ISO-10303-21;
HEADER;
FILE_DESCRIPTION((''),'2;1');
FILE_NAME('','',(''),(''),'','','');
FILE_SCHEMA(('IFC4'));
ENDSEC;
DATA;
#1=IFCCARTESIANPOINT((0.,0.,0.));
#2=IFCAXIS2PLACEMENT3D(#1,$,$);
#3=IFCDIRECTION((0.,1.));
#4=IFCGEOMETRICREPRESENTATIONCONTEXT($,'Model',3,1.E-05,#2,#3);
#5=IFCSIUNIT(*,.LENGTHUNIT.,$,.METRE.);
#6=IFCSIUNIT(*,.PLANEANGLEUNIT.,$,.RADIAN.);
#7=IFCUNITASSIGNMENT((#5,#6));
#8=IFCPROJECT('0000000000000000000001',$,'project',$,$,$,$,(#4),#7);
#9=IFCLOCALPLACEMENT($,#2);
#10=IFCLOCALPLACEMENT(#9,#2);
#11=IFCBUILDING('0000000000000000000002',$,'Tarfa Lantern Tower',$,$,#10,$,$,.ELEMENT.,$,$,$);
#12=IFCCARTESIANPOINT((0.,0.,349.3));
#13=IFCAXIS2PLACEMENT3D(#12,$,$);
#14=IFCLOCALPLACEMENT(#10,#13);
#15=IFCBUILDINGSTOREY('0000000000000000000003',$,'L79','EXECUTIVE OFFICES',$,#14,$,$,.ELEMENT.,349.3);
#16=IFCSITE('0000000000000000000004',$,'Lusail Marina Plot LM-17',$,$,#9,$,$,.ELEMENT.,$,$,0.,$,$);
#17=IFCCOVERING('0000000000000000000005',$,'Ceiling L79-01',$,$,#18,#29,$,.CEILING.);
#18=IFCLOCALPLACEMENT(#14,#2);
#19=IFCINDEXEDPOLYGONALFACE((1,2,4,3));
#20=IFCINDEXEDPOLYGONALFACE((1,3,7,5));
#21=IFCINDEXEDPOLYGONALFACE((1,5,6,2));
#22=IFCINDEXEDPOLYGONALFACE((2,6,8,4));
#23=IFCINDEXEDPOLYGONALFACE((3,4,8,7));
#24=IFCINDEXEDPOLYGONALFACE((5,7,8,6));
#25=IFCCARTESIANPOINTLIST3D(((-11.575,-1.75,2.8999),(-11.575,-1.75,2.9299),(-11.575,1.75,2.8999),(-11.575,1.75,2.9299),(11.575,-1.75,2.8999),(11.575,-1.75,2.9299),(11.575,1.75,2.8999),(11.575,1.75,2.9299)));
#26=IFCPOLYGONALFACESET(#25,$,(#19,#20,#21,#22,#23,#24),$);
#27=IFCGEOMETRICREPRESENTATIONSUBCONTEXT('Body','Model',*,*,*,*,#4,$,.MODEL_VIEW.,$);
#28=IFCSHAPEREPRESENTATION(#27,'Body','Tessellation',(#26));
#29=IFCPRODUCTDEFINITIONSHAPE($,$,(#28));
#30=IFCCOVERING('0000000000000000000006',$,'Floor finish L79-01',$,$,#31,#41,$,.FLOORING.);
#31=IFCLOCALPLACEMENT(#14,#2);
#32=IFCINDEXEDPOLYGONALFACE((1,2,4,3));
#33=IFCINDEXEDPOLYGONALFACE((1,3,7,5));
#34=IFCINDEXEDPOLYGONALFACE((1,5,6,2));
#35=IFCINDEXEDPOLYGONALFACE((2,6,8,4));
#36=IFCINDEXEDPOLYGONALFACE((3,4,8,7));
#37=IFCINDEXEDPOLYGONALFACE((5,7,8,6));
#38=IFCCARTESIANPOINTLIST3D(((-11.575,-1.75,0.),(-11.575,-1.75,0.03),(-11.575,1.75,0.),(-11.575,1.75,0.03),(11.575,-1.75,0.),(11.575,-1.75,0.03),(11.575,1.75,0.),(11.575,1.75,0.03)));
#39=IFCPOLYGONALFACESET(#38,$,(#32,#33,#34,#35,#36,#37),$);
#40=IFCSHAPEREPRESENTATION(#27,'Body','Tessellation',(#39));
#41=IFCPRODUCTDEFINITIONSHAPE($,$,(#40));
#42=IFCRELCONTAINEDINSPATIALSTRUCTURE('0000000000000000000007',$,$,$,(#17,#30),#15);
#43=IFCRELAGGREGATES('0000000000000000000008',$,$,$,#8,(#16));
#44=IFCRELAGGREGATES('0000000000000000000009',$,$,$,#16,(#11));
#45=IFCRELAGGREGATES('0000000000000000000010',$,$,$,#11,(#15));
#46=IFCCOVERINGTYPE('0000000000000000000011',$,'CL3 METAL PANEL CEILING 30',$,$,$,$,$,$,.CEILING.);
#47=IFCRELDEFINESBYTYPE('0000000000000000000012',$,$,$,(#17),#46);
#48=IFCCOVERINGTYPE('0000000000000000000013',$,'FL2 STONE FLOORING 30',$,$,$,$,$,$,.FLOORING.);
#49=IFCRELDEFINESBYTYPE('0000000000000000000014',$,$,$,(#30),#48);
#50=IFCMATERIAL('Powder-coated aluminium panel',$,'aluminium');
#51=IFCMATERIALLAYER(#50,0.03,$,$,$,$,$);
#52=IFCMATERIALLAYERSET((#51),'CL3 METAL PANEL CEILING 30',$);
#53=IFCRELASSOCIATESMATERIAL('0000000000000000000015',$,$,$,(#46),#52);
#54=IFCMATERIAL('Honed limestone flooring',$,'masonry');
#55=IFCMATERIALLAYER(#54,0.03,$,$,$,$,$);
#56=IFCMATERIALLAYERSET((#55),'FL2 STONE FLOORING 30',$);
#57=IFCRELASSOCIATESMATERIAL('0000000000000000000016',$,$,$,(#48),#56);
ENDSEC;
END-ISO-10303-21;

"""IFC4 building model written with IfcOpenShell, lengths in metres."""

from ifc_helpers import new_model, si_unit, direction, frame, origin, place, context, subcontext, project, spatial, polyline, outline, extrude, material, layer, layer_set, type_object, element, save


model = new_model("IFC4")

# Units and contexts
model_context = context("Model", 3, precision=1e-05, world=origin(), true_north=direction((0.0, 1.0)))
body_context = subcontext(model_context, "Body", "Model", "MODEL_VIEW")
ifc_project = project(units=[si_unit("LENGTHUNIT", "METRE"), si_unit("PLANEANGLEUNIT", "RADIAN")], contexts=[model_context])

# Site, building, storey
site_placement = place(None, origin())
site = spatial("IfcSite", under=ifc_project, at=site_placement, Name="Lusail Marina Plot LM-17", CompositionType="ELEMENT", RefElevation=0.0)
building_placement = place(site_placement, origin())
building = spatial("IfcBuilding", under=site, at=building_placement, Name="Tarfa Lantern Tower", CompositionType="ELEMENT")
storey_placement = place(building_placement, frame((0.0, 0.0, 349.3)))
storey = spatial("IfcBuildingStorey", under=building, at=storey_placement, Name="L79", Description="EXECUTIVE OFFICES", CompositionType="ELEMENT", Elevation=349.3)

# Coverings
ifc_material_1 = material(Name="Powder-coated aluminium panel", Category="aluminium")
ifc_layer_1 = layer(ifc_material_1, 0.03)
ifc_layer_set_1 = layer_set([ifc_layer_1], Name="CL3 METAL PANEL CEILING 30")
covering_type_1 = type_object("IfcCoveringType", Name="CL3 METAL PANEL CEILING 30", PredefinedType="CEILING", material=ifc_layer_set_1)
covering_1_placement = place(storey_placement, frame((0.0, 0.0, 2.8999)))
element("IfcCovering", 1, at=covering_1_placement, inside=storey, type_object=covering_type_1, Name="Ceiling L79-01", PredefinedType="CEILING", context=body_context, shape_type="SweptSolid", body=[
    extrude(outline(polyline([(-11.575, -1.75), (11.575, -1.75), (11.575, 1.75), (-11.575, 1.75), (-11.575, -1.75)])), origin(), (0.0, 0.0, 1.0), 0.03),
])
ifc_material_2 = material(Name="Honed limestone flooring", Category="masonry")
ifc_layer_2 = layer(ifc_material_2, 0.03)
ifc_layer_set_2 = layer_set([ifc_layer_2], Name="FL2 STONE FLOORING 30")
covering_type_2 = type_object("IfcCoveringType", Name="FL2 STONE FLOORING 30", PredefinedType="FLOORING", material=ifc_layer_set_2)
covering_2_placement = place(storey_placement, origin())
element("IfcCovering", 2, at=covering_2_placement, inside=storey, type_object=covering_type_2, Name="Floor finish L79-01", PredefinedType="FLOORING", context=body_context, shape_type="SweptSolid", body=[
    extrude(outline(polyline([(-11.575, -1.75), (11.575, -1.75), (11.575, 1.75), (-11.575, 1.75), (-11.575, -1.75)])), origin(), (0.0, 0.0, 1.0), 0.03),
])

save(model, "model.ifc")
